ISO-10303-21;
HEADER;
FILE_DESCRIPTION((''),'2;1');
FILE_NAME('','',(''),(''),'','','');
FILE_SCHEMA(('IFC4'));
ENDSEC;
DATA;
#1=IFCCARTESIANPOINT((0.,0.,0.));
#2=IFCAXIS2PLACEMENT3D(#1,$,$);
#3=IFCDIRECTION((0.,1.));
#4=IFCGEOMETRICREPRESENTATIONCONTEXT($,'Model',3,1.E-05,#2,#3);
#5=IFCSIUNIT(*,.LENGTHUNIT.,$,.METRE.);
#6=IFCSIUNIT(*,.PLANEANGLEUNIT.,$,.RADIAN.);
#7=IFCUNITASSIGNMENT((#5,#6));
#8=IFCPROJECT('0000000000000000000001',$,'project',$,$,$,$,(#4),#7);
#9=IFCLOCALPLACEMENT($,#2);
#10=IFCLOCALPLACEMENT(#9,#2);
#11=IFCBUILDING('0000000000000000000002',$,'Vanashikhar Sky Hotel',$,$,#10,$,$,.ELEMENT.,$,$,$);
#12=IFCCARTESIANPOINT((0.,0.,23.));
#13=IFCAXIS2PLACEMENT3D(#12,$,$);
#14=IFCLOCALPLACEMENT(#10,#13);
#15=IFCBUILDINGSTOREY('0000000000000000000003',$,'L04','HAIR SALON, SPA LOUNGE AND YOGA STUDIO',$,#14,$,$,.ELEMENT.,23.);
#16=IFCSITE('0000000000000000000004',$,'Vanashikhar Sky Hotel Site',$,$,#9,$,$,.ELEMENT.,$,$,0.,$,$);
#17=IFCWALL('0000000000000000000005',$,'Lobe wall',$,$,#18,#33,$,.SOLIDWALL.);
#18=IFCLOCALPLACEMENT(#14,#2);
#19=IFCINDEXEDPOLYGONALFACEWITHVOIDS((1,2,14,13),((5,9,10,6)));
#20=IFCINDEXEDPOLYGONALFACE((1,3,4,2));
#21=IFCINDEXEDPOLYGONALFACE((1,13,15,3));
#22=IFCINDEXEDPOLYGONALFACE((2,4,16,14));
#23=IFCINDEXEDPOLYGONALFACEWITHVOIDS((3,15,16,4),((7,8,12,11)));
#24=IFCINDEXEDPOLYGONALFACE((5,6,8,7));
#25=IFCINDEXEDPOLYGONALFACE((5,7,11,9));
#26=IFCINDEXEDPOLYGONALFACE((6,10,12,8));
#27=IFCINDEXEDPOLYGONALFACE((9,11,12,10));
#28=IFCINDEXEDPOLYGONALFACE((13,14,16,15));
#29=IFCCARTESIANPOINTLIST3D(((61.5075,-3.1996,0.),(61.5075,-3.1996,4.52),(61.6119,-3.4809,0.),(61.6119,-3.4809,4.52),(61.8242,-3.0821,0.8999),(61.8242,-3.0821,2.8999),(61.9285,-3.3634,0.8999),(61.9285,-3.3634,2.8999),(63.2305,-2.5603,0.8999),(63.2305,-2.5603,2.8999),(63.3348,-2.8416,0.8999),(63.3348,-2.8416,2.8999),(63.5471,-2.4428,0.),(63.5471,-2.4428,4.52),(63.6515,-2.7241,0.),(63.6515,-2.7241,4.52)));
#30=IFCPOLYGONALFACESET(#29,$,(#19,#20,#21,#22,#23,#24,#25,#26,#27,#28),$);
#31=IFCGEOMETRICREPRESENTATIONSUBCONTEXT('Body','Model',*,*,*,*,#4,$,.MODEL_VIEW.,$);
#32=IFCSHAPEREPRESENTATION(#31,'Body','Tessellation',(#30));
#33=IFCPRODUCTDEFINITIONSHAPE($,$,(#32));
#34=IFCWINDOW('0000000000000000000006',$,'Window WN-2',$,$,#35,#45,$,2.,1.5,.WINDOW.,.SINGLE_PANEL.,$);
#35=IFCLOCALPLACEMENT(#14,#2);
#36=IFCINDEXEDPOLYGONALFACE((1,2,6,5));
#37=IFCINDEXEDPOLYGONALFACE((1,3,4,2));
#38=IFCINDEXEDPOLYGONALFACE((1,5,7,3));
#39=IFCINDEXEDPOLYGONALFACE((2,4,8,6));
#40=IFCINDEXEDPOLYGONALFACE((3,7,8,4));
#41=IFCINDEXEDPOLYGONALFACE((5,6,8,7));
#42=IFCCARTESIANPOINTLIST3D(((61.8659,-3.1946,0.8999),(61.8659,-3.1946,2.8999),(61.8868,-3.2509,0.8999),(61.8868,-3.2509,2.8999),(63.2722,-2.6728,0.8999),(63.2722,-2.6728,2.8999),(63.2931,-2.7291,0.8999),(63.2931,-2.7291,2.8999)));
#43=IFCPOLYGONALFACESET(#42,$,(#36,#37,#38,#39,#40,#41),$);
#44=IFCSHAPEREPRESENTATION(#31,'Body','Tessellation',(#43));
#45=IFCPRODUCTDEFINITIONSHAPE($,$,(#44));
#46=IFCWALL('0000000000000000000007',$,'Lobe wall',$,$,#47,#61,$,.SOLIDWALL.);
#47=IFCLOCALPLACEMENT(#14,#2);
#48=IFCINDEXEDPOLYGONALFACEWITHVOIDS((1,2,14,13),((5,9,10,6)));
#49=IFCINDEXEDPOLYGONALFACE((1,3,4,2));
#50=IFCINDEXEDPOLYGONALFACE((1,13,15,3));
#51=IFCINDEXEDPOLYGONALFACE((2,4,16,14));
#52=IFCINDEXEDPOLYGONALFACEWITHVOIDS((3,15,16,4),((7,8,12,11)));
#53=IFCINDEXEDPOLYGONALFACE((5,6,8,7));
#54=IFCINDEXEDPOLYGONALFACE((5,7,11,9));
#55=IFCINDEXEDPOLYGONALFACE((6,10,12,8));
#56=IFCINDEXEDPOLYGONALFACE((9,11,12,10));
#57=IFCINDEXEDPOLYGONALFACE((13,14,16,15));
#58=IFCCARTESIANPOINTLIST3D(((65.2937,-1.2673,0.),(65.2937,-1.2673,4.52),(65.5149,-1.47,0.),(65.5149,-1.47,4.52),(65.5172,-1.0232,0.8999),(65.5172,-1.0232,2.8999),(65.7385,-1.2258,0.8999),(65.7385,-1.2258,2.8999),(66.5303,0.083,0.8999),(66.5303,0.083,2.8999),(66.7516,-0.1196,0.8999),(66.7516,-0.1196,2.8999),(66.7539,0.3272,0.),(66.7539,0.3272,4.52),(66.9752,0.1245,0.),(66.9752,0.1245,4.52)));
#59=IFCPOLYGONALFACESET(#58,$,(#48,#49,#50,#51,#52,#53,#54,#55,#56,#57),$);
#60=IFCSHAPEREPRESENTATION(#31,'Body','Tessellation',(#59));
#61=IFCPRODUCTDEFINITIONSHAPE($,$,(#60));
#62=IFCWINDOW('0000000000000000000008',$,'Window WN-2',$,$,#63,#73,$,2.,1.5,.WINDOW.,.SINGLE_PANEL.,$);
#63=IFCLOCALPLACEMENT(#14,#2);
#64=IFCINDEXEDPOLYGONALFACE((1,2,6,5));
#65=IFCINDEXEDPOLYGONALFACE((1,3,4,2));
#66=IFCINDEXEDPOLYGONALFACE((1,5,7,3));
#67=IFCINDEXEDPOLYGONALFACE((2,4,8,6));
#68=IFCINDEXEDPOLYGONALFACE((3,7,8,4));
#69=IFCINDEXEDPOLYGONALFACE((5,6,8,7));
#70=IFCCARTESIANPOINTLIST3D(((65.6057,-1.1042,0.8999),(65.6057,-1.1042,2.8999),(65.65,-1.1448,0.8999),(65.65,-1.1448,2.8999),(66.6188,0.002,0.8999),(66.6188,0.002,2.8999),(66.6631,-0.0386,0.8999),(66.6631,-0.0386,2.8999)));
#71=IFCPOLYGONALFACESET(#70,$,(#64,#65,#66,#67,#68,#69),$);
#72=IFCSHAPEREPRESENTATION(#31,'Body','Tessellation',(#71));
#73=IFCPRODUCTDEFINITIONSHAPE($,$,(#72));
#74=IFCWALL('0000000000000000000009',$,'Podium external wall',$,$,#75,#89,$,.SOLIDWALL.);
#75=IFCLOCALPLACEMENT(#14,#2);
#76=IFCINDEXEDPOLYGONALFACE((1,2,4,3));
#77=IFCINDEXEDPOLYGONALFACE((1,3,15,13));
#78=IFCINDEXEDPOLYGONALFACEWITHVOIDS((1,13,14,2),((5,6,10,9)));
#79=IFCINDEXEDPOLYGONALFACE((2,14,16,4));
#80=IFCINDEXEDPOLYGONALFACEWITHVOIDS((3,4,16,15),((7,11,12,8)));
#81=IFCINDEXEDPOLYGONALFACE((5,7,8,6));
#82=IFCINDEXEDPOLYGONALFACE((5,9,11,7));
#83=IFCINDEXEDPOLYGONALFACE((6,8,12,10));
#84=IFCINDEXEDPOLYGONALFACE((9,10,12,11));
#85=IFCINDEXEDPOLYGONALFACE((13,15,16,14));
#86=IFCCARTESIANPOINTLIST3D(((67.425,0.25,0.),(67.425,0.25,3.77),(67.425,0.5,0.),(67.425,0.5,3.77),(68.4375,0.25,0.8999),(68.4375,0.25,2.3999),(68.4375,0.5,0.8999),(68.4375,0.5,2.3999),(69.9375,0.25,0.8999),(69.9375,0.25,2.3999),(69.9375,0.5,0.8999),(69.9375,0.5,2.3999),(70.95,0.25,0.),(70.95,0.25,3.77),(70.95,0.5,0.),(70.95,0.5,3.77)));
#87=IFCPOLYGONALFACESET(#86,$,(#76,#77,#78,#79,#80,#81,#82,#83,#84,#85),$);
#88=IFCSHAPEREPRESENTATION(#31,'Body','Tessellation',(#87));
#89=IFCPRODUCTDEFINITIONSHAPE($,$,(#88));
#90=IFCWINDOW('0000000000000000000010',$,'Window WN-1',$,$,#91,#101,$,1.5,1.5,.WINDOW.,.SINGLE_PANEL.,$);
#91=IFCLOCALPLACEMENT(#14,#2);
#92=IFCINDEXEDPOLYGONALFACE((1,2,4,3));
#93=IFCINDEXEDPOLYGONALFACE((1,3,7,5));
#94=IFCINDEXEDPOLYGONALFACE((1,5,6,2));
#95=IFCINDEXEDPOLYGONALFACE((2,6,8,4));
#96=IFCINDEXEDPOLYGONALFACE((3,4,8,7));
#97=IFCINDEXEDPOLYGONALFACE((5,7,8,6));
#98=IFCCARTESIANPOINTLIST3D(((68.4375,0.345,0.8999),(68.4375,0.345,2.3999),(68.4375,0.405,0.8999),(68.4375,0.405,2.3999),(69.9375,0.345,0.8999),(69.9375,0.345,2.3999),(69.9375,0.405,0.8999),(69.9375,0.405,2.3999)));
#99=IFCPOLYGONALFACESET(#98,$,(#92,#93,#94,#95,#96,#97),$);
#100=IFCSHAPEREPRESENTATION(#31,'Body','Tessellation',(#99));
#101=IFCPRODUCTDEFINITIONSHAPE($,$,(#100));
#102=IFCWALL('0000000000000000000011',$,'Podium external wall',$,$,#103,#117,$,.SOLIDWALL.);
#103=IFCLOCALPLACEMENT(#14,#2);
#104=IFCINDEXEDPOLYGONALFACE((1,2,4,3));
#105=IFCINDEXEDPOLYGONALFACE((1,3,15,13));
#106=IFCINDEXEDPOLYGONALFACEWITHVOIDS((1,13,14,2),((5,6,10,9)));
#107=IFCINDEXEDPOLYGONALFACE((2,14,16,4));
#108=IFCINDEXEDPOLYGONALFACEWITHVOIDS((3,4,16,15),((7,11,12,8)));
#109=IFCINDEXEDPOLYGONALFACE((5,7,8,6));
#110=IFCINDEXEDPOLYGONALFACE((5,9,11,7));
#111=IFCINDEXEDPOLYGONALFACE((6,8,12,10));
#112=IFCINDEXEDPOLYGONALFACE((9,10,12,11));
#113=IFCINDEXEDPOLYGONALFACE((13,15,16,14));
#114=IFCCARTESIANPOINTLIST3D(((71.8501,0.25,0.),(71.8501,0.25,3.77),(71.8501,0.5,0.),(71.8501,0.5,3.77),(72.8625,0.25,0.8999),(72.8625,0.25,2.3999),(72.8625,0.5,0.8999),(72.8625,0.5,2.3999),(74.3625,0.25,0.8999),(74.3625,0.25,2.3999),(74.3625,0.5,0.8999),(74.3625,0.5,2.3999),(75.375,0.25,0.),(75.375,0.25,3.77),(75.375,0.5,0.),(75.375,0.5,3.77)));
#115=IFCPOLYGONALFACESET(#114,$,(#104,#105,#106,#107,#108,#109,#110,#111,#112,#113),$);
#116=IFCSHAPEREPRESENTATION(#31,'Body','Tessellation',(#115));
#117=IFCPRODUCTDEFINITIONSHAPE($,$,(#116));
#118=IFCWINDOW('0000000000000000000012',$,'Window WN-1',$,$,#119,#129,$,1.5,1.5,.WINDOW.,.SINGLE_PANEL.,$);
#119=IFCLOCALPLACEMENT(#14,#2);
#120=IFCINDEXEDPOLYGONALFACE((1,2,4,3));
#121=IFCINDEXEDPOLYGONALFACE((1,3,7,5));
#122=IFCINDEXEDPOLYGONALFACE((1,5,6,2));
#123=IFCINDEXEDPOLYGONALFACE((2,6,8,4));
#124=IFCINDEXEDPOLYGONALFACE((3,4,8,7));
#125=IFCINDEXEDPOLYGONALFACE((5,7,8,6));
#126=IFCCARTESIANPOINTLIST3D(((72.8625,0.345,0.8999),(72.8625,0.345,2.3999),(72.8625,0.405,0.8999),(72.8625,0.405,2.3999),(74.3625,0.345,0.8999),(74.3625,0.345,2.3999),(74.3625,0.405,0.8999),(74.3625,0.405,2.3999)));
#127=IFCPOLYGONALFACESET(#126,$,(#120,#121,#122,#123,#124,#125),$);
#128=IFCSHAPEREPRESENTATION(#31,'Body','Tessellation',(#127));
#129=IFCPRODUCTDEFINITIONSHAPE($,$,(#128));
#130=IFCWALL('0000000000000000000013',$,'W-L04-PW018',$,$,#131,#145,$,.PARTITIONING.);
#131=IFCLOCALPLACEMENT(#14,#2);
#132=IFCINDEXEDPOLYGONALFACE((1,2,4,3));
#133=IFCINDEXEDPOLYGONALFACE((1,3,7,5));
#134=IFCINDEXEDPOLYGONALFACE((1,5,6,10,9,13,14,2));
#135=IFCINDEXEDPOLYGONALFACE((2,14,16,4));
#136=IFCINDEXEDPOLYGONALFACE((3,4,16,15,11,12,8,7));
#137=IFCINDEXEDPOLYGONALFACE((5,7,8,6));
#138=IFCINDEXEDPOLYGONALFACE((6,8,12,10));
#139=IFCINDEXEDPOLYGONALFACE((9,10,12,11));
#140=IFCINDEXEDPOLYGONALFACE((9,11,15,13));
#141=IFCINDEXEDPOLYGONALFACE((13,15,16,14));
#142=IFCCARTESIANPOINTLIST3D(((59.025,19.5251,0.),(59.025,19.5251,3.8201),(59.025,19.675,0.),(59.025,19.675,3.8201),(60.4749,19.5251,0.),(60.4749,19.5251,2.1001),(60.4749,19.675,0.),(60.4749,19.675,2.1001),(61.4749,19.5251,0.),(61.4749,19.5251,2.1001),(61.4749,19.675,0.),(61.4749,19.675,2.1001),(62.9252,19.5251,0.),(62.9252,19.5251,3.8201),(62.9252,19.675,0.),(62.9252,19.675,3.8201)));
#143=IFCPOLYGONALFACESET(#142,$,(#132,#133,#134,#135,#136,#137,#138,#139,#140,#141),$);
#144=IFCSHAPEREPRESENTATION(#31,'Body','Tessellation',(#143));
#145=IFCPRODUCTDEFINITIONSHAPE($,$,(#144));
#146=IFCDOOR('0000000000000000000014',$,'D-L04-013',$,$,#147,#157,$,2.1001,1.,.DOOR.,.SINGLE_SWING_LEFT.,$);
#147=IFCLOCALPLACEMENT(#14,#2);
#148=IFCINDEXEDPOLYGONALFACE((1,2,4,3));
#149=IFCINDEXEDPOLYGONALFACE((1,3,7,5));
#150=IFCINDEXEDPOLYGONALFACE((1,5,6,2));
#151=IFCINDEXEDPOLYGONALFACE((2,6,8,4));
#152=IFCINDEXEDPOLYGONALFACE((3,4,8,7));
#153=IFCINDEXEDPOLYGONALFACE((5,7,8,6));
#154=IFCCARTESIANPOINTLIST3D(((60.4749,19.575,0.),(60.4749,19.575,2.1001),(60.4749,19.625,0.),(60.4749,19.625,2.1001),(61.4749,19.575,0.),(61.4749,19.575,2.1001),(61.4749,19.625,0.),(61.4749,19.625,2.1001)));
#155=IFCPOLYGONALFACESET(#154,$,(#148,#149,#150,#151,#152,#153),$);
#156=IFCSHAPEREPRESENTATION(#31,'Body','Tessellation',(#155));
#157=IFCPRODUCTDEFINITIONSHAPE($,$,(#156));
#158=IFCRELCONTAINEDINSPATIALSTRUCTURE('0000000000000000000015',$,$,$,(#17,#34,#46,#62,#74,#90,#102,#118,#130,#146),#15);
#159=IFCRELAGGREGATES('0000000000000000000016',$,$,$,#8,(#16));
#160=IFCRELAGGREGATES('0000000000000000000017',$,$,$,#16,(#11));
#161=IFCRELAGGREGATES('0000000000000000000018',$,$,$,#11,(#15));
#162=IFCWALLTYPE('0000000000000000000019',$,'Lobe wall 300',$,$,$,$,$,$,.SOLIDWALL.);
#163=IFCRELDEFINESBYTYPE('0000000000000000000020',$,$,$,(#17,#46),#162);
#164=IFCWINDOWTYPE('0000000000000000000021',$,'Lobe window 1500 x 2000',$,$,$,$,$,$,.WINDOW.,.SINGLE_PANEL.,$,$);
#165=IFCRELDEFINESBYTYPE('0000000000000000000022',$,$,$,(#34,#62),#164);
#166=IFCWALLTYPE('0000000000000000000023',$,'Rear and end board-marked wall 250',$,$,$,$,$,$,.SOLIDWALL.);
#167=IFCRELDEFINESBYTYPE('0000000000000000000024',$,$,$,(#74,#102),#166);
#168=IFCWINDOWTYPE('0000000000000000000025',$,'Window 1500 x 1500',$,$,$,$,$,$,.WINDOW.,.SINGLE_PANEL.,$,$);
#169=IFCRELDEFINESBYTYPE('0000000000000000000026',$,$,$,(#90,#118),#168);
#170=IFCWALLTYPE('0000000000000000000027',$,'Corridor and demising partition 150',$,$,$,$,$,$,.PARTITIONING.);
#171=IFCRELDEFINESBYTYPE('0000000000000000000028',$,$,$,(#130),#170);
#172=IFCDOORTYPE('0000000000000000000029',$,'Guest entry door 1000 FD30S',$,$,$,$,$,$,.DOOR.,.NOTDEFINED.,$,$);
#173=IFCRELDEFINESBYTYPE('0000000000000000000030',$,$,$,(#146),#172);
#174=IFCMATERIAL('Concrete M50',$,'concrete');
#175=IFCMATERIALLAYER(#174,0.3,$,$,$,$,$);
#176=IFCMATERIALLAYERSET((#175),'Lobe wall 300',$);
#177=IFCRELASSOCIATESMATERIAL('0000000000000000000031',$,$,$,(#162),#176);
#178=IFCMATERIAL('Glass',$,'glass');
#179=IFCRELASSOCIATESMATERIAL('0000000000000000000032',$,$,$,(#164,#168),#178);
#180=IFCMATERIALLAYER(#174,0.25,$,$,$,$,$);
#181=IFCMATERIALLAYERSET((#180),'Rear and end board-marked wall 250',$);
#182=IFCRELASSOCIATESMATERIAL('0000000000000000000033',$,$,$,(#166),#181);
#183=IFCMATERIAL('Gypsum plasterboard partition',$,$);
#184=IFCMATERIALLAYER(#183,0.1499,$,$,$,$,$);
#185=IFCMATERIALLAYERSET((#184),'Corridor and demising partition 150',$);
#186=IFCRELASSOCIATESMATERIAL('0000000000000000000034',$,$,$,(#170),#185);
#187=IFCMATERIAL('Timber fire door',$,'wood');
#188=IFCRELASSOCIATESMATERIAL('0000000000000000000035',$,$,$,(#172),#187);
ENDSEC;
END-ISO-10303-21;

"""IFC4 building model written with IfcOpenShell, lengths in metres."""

from ifc_helpers import new_model, si_unit, direction, frame, frame_2d, origin, place, context, subcontext, project, spatial, rectangle, extrude, source, transform, mapped, material, layer, layer_set, type_object, element, fill, save


model = new_model("IFC4")

# Units and contexts
model_context = context("Model", 3, precision=1e-05, world=origin(), true_north=direction((0.0, 1.0)))
body_context = subcontext(model_context, "Body", "Model", "MODEL_VIEW")
ifc_project = project(units=[si_unit("LENGTHUNIT", "METRE"), si_unit("PLANEANGLEUNIT", "RADIAN")], contexts=[model_context])

# Site, building, storey
site_placement = place(None, origin())
site = spatial("IfcSite", under=ifc_project, at=site_placement, Name="Vanashikhar Sky Hotel Site", CompositionType="ELEMENT", RefElevation=0.0)
building_placement = place(site_placement, origin())
building = spatial("IfcBuilding", under=site, at=building_placement, Name="Vanashikhar Sky Hotel", CompositionType="ELEMENT")
storey_placement = place(building_placement, frame((0.0, 0.0, 23.0)))
storey = spatial("IfcBuildingStorey", under=building, at=storey_placement, Name="L04", Description="HAIR SALON, SPA LOUNGE AND YOGA STUDIO", CompositionType="ELEMENT", Elevation=23.0)

# Shared definitions
ifc_material_1 = material(Name="Concrete M50", Category="concrete")

# Walls, openings, windows
ifc_layer_1 = layer(ifc_material_1, 0.3)
ifc_layer_set_1 = layer_set([ifc_layer_1], Name="Lobe wall 300")
wall_type_1 = type_object("IfcWallType", Name="Lobe wall 300", PredefinedType="SOLIDWALL", material=ifc_layer_set_1)
shared_shape_1 = source(origin(), body_context, "Body", "SweptSolid", [
    extrude(rectangle(XDim=1.5, YDim=2.0, at=frame_2d((0.75, 1.0))), frame((0.0, 0.1602, 0.0), z_axis=(0.0, -1.0, 0.0), x_axis=(1.0, 0.0, 0.0)), (0.0, 0.0, 1.0), 0.3201),
])
ifc_material_2 = material(Name="Glass", Category="glass")
window_type_1 = type_object("IfcWindowType", Name="Lobe window 1500 x 2000", PartitioningType="SINGLE_PANEL", PredefinedType="WINDOW", material=ifc_material_2)
shared_shape_2 = source(origin(), body_context, "Body", "SweptSolid", [
    extrude(rectangle(XDim=1.5, YDim=2.0, at=frame_2d((0.75, 1.0))), frame((0.0, 0.03, 0.0), z_axis=(0.0, -1.0, 0.0), x_axis=(1.0, 0.0, 0.0)), (0.0, 0.0, 1.0), 0.0601),
])
shared_shape_3 = source(origin(), body_context, "Body", "SweptSolid", [
    extrude(rectangle(XDim=2.1755, YDim=0.3, at=frame_2d((1.0879, 0.0))), origin(), (0.0, 0.0, 1.0), 4.52),
])
wall_1_placement = place(storey_placement, frame((61.5596, -3.3403, 0.0), z_axis=(0.0, 0.0, 1.0), x_axis=(0.937532, 0.347899, 0.0)))
wall_1 = element("IfcWall", 1, at=wall_1_placement, inside=storey, type_object=wall_type_1, Name="Lobe wall", PredefinedType="SOLIDWALL", context=body_context, shape_type="MappedRepresentation", body=[
    mapped(shared_shape_3, transform((0.0, 0.0, 0.0), scale=1.0)),
])
opening_1_placement = place(wall_1_placement, frame((0.3379, 0.0, 0.8999)))
opening_1 = element("IfcOpeningElement", 2, at=opening_1_placement, cuts=wall_1, PredefinedType="OPENING", context=body_context, shape_type="MappedRepresentation", body=[
    mapped(shared_shape_1, transform((0.0, 0.0, 0.0), scale=1.0)),
])
window_1_placement = place(opening_1_placement, origin())
window_1 = element("IfcWindow", 3, at=window_1_placement, inside=storey, type_object=window_type_1, Name="Window WN-2", OverallHeight=2.0, OverallWidth=1.5, PartitioningType="SINGLE_PANEL", PredefinedType="WINDOW", context=body_context, shape_type="MappedRepresentation", body=[
    mapped(shared_shape_2, transform((0.0, 0.0, 0.0), scale=1.0)),
])
fill(opening_1, window_1)
shared_shape_4 = source(origin(), body_context, "Body", "SweptSolid", [
    extrude(rectangle(XDim=2.1621, YDim=0.3, at=frame_2d((1.0811, 0.0))), origin(), (0.0, 0.0, 1.0), 4.52),
])
wall_2_placement = place(storey_placement, frame((65.4043, -1.3687, 0.0), z_axis=(0.0, 0.0, 1.0), x_axis=(0.675372, 0.737477, 0.0)))
wall_2 = element("IfcWall", 4, at=wall_2_placement, inside=storey, type_object=wall_type_1, Name="Lobe wall", PredefinedType="SOLIDWALL", context=body_context, shape_type="MappedRepresentation", body=[
    mapped(shared_shape_4, transform((0.0, 0.0, 0.0), scale=1.0)),
])
opening_2_placement = place(wall_2_placement, frame((0.3311, 0.0, 0.8999)))
opening_2 = element("IfcOpeningElement", 5, at=opening_2_placement, cuts=wall_2, PredefinedType="OPENING", context=body_context, shape_type="MappedRepresentation", body=[
    mapped(shared_shape_1, transform((0.0, 0.0, 0.0), scale=1.0)),
])
window_2_placement = place(opening_2_placement, origin())
window_2 = element("IfcWindow", 6, at=window_2_placement, inside=storey, type_object=window_type_1, Name="Window WN-2", OverallHeight=2.0, OverallWidth=1.5, PartitioningType="SINGLE_PANEL", PredefinedType="WINDOW", context=body_context, shape_type="MappedRepresentation", body=[
    mapped(shared_shape_2, transform((0.0, 0.0, 0.0), scale=1.0)),
])
fill(opening_2, window_2)
ifc_layer_2 = layer(ifc_material_1, 0.25)
ifc_layer_set_2 = layer_set([ifc_layer_2], Name="Rear and end board-marked wall 250")
wall_type_2 = type_object("IfcWallType", Name="Rear and end board-marked wall 250", PredefinedType="SOLIDWALL", material=ifc_layer_set_2)
shared_shape_5 = source(origin(), body_context, "Body", "SweptSolid", [
    extrude(rectangle(XDim=3.5249, YDim=0.25, at=frame_2d((1.7625, 0.0))), origin(), (0.0, 0.0, 1.0), 3.77),
])
wall_3_placement = place(storey_placement, frame((67.425, 0.375, 0.0), z_axis=(0.0, 0.0, 1.0), x_axis=(1.0, 0.0, 0.0)))
wall_3 = element("IfcWall", 7, at=wall_3_placement, inside=storey, type_object=wall_type_2, Name="Podium external wall", PredefinedType="SOLIDWALL", context=body_context, shape_type="MappedRepresentation", body=[
    mapped(shared_shape_5, transform((0.0, 0.0, 0.0), scale=1.0)),
])
shared_shape_6 = source(origin(), body_context, "Body", "SweptSolid", [
    extrude(rectangle(XDim=1.5, YDim=1.5, at=frame_2d((0.75, 0.75))), frame((0.0, 0.135, 0.0), z_axis=(0.0, -1.0, 0.0), x_axis=(1.0, 0.0, 0.0)), (0.0, 0.0, 1.0), 0.27),
])
opening_3_placement = place(wall_3_placement, frame((1.0125, 0.0, 0.8999)))
opening_3 = element("IfcOpeningElement", 8, at=opening_3_placement, cuts=wall_3, PredefinedType="OPENING", context=body_context, shape_type="MappedRepresentation", body=[
    mapped(shared_shape_6, transform((0.0, 0.0, 0.0), scale=1.0)),
])
window_type_2 = type_object("IfcWindowType", Name="Window 1500 x 1500", PartitioningType="SINGLE_PANEL", PredefinedType="WINDOW", material=ifc_material_2)
shared_shape_7 = source(origin(), body_context, "Body", "SweptSolid", [
    extrude(rectangle(XDim=1.5, YDim=1.5, at=frame_2d((0.75, 0.75))), frame((0.0, 0.03, 0.0), z_axis=(0.0, -1.0, 0.0), x_axis=(1.0, 0.0, 0.0)), (0.0, 0.0, 1.0), 0.0601),
])
window_3_placement = place(opening_3_placement, origin())
window_3 = element("IfcWindow", 9, at=window_3_placement, inside=storey, type_object=window_type_2, Name="Window WN-1", OverallHeight=1.5, OverallWidth=1.5, PartitioningType="SINGLE_PANEL", PredefinedType="WINDOW", context=body_context, shape_type="MappedRepresentation", body=[
    mapped(shared_shape_7, transform((0.0, 0.0, 0.0), scale=1.0)),
])
fill(opening_3, window_3)
wall_4_placement = place(storey_placement, frame((71.8501, 0.375, 0.0), z_axis=(0.0, 0.0, 1.0), x_axis=(1.0, 0.0, 0.0)))
wall_4 = element("IfcWall", 10, at=wall_4_placement, inside=storey, type_object=wall_type_2, Name="Podium external wall", PredefinedType="SOLIDWALL", context=body_context, shape_type="MappedRepresentation", body=[
    mapped(shared_shape_5, transform((0.0, 0.0, 0.0), scale=1.0)),
])
opening_4_placement = place(wall_4_placement, frame((1.0125, 0.0, 0.8999)))
opening_4 = element("IfcOpeningElement", 11, at=opening_4_placement, cuts=wall_4, PredefinedType="OPENING", context=body_context, shape_type="MappedRepresentation", body=[
    mapped(shared_shape_6, transform((0.0, 0.0, 0.0), scale=1.0)),
])
window_4_placement = place(opening_4_placement, origin())
window_4 = element("IfcWindow", 12, at=window_4_placement, inside=storey, type_object=window_type_2, Name="Window WN-1", OverallHeight=1.5, OverallWidth=1.5, PartitioningType="SINGLE_PANEL", PredefinedType="WINDOW", context=body_context, shape_type="MappedRepresentation", body=[
    mapped(shared_shape_7, transform((0.0, 0.0, 0.0), scale=1.0)),
])
fill(opening_4, window_4)

# Wall, opening, door
ifc_material_3 = material(Name="Gypsum plasterboard partition")
ifc_layer_3 = layer(ifc_material_3, 0.1499)
ifc_layer_set_3 = layer_set([ifc_layer_3], Name="Corridor and demising partition 150")
wall_type_3 = type_object("IfcWallType", Name="Corridor and demising partition 150", PredefinedType="PARTITIONING", material=ifc_layer_set_3)
shared_shape_8 = source(origin(), body_context, "Body", "SweptSolid", [
    extrude(rectangle(XDim=3.9001, YDim=0.1499, at=frame_2d((1.9502, 0.0))), origin(), (0.0, 0.0, 1.0), 3.8201),
])
wall_5_placement = place(storey_placement, frame((59.0249, 19.6001, 0.0), z_axis=(0.0, 0.0, 1.0), x_axis=(1.0, 0.0, 0.0)))
wall_5 = element("IfcWall", 13, at=wall_5_placement, inside=storey, type_object=wall_type_3, Name="W-L04-PW018", PredefinedType="PARTITIONING", context=body_context, shape_type="MappedRepresentation", body=[
    mapped(shared_shape_8, transform((0.0, 0.0, 0.0), scale=1.0)),
])
shared_shape_9 = source(origin(), body_context, "Body", "SweptSolid", [
    extrude(rectangle(XDim=1.0, YDim=2.1001, at=frame_2d((0.5, 1.05))), frame((0.0, 0.085, 0.0), z_axis=(0.0, -1.0, 0.0), x_axis=(1.0, 0.0, 0.0)), (0.0, 0.0, 1.0), 0.1699),
])
opening_5_placement = place(wall_5_placement, frame((1.45, 0.0, 0.0)))
opening_5 = element("IfcOpeningElement", 14, at=opening_5_placement, cuts=wall_5, PredefinedType="OPENING", context=body_context, shape_type="MappedRepresentation", body=[
    mapped(shared_shape_9, transform((0.0, 0.0, 0.0), scale=1.0)),
])
ifc_material_4 = material(Name="Timber fire door", Category="wood")
door_type = type_object("IfcDoorType", Name="Guest entry door 1000 FD30S", OperationType="NOTDEFINED", PredefinedType="DOOR", material=ifc_material_4)
shared_shape_10 = source(origin(), body_context, "Body", "SweptSolid", [
    extrude(rectangle(XDim=1.0, YDim=2.1001, at=frame_2d((0.5, 1.05))), frame((0.0, 0.0249, 0.0), z_axis=(0.0, -1.0, 0.0), x_axis=(1.0, 0.0, 0.0)), (0.0, 0.0, 1.0), 0.05),
])
door_1_placement = place(opening_5_placement, origin())
door_1 = element("IfcDoor", 15, at=door_1_placement, inside=storey, type_object=door_type, Name="D-L04-013", OperationType="SINGLE_SWING_LEFT", OverallHeight=2.1001, OverallWidth=1.0, PredefinedType="DOOR", context=body_context, shape_type="MappedRepresentation", body=[
    mapped(shared_shape_10, transform((0.0, 0.0, 0.0), scale=1.0)),
])
fill(opening_5, door_1)

save(model, "model.ifc")
